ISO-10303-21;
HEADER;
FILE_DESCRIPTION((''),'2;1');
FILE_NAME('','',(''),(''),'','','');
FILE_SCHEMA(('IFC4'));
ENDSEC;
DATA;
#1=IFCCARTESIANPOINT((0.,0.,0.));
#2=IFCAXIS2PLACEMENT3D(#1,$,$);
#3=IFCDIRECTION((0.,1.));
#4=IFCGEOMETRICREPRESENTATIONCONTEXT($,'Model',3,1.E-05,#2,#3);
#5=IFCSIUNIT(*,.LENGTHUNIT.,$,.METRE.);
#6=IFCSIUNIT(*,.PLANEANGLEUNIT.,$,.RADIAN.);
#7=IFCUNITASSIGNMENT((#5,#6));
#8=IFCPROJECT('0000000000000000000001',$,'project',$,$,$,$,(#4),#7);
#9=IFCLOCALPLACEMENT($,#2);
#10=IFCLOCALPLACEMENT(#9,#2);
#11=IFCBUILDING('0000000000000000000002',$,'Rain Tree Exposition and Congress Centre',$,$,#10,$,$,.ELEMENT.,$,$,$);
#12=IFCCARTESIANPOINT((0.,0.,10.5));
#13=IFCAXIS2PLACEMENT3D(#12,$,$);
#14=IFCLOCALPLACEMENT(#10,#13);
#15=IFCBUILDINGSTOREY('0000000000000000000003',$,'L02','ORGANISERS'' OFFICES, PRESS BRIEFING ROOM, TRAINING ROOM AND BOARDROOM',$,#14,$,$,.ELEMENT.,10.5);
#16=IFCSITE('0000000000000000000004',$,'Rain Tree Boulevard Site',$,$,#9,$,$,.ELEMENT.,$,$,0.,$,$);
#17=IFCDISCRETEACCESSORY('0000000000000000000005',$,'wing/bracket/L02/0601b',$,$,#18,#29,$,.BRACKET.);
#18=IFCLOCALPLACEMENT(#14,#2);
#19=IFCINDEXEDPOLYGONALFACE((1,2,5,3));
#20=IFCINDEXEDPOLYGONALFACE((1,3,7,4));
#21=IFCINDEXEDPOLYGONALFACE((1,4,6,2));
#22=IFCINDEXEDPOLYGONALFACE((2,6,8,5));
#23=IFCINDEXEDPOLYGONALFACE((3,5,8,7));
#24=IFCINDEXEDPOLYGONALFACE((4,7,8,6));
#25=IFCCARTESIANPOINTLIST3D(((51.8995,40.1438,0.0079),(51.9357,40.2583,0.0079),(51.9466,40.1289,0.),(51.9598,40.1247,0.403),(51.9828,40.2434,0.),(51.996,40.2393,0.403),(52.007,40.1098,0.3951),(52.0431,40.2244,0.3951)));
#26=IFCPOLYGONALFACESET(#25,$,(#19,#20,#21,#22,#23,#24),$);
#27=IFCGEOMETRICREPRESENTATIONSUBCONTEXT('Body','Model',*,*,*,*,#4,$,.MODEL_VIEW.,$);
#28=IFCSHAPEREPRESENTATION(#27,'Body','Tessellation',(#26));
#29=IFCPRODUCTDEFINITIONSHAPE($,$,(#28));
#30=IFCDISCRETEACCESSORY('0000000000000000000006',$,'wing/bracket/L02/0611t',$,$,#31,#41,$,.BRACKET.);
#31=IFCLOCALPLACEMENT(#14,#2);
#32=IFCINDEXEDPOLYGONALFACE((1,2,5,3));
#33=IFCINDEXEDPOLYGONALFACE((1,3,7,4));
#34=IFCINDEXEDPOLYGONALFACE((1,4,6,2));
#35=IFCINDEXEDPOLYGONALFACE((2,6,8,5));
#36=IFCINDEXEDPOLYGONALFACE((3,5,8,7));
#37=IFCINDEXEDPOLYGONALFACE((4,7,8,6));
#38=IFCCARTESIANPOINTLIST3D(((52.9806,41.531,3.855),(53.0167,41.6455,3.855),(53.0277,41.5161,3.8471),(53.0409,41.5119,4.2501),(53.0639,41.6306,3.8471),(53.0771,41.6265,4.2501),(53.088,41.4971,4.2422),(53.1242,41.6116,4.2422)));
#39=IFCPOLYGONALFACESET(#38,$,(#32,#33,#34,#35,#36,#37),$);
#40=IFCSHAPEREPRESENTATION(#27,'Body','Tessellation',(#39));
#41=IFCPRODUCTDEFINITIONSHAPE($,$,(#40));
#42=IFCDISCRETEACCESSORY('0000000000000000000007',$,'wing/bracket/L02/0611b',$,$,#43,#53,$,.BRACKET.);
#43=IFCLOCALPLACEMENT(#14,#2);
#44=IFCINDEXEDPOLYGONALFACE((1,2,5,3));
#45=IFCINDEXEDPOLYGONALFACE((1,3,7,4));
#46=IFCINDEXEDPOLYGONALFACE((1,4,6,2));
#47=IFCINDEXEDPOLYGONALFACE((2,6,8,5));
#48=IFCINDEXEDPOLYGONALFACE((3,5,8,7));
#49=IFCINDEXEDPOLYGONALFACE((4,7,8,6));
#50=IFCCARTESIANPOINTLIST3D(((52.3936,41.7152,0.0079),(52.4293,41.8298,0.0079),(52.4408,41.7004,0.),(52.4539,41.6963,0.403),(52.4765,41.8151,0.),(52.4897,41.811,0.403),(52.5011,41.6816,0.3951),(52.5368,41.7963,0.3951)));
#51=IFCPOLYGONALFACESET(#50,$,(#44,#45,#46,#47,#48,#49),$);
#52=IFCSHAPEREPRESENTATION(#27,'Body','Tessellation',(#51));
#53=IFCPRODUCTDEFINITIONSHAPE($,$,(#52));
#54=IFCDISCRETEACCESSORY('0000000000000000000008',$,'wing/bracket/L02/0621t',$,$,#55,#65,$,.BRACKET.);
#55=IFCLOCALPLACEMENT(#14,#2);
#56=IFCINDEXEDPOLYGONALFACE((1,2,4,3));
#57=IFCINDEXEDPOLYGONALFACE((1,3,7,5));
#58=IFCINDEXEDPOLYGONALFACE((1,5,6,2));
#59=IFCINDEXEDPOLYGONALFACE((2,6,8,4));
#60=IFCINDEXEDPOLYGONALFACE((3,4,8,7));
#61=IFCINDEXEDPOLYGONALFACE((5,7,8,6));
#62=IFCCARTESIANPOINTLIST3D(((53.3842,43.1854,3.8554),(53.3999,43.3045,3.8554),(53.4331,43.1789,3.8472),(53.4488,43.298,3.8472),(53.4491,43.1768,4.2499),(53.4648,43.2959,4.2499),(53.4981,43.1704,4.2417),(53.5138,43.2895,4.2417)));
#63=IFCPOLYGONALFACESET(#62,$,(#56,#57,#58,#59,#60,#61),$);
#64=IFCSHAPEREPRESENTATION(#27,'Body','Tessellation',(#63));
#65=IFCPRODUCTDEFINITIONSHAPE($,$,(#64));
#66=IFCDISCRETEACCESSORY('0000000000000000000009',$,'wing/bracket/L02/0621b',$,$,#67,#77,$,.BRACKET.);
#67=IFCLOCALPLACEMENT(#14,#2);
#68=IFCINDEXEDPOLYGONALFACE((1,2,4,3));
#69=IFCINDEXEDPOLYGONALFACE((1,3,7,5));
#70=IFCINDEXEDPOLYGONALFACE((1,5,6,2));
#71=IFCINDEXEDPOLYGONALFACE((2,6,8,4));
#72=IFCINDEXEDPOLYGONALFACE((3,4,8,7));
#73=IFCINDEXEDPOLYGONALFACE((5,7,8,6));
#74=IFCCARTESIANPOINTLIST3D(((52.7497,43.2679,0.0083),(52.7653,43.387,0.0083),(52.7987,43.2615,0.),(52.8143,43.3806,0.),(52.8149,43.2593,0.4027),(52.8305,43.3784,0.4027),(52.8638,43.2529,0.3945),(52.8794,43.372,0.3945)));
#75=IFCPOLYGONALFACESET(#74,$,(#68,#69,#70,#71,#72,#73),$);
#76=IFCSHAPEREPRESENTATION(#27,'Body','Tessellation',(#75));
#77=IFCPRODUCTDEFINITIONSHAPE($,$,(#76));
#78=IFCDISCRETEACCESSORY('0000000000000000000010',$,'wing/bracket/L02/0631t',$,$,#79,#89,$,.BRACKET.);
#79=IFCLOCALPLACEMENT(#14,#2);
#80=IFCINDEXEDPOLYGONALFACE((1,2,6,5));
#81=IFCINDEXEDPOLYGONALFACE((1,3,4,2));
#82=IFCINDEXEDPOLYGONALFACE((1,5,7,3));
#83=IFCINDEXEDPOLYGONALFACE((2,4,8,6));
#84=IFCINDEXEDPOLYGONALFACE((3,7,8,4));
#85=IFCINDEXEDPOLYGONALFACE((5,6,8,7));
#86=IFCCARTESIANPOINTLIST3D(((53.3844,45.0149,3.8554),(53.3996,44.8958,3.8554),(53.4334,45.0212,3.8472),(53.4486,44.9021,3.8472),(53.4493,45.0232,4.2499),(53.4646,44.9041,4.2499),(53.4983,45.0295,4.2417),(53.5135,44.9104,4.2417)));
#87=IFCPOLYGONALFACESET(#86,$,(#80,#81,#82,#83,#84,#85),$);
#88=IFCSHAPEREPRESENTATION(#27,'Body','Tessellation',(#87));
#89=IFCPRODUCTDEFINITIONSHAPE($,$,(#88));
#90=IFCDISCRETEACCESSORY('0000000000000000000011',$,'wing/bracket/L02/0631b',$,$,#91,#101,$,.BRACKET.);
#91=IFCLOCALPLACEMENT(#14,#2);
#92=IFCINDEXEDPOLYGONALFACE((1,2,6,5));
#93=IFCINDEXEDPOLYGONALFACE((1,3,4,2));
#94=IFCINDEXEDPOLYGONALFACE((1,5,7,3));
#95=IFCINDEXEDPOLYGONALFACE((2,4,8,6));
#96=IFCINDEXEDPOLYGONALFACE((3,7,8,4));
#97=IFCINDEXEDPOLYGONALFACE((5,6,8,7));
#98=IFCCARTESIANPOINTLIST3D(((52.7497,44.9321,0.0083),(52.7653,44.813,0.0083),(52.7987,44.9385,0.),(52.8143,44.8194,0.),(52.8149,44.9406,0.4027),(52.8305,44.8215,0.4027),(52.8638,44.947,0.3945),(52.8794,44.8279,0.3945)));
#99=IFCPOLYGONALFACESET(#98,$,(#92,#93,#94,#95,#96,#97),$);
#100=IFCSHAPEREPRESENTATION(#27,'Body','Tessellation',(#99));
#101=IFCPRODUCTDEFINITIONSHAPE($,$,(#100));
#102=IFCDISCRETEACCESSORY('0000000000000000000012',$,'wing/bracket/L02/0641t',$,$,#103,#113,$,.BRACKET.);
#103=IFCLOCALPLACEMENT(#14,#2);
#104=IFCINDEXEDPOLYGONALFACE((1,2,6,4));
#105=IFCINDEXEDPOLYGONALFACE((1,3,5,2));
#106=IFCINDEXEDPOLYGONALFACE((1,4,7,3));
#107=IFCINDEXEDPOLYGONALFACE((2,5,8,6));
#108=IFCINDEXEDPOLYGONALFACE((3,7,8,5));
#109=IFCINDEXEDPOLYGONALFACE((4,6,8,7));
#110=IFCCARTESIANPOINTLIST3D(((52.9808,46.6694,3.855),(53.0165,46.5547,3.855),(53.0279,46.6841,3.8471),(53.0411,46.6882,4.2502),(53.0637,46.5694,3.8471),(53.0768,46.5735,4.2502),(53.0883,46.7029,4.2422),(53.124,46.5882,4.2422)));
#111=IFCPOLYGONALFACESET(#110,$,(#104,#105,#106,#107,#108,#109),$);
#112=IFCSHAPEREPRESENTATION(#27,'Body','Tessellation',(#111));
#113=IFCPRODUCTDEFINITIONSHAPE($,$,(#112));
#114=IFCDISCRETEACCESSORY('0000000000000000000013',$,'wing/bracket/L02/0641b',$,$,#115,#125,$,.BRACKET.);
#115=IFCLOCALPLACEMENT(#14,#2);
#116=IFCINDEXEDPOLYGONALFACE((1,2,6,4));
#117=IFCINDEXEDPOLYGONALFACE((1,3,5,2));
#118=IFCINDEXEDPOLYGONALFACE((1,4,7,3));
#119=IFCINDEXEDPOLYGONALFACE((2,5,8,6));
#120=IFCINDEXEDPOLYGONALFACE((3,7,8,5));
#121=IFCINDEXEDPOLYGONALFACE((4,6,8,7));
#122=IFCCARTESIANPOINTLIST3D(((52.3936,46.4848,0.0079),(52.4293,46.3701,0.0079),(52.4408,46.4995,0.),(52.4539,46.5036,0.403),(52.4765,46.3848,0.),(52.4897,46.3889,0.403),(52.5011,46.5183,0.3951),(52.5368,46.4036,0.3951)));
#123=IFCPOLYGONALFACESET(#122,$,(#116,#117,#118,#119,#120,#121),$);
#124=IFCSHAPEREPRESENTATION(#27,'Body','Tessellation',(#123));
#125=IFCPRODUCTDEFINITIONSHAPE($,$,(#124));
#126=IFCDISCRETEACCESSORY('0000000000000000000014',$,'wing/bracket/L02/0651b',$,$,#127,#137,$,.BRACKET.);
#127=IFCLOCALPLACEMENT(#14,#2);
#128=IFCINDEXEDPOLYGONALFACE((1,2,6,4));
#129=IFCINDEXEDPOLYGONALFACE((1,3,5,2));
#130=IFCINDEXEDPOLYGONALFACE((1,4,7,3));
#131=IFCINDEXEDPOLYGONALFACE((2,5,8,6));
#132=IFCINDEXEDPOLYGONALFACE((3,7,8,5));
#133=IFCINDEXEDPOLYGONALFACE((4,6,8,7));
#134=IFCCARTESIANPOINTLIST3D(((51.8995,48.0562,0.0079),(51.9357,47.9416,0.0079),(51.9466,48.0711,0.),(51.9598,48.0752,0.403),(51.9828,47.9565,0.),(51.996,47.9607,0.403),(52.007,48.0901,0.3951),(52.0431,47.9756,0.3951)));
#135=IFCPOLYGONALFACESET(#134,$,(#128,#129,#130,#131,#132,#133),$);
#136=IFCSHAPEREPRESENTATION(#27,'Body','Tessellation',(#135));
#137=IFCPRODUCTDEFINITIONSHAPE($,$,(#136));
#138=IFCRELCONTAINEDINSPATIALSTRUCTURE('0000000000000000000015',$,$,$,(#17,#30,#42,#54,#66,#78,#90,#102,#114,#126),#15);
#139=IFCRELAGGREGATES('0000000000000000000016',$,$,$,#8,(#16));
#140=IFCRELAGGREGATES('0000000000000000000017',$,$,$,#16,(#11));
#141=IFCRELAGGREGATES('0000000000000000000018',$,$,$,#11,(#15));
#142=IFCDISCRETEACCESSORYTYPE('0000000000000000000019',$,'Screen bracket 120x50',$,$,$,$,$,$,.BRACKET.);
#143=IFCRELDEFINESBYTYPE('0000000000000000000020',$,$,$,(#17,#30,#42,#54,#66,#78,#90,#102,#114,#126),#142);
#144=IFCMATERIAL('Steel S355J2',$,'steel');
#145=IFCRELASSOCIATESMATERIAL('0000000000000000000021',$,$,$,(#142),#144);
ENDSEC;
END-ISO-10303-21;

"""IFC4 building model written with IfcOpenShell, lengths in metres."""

from ifc_helpers import new_model, si_unit, direction, frame, origin, origin_2d, place, context, subcontext, project, spatial, rectangle, extrude, material, material_profile, profile_set, type_object, element, save


model = new_model("IFC4")

# Units and contexts
model_context = context("Model", 3, precision=1e-05, world=origin(), true_north=direction((0.0, 1.0)))
body_context = subcontext(model_context, "Body", "Model", "MODEL_VIEW")
ifc_project = project(units=[si_unit("LENGTHUNIT", "METRE"), si_unit("PLANEANGLEUNIT", "RADIAN")], contexts=[model_context])

# Site, building, storey
site_placement = place(None, origin())
site = spatial("IfcSite", under=ifc_project, at=site_placement, Name="Rain Tree Boulevard Site", CompositionType="ELEMENT", RefElevation=0.0)
building_placement = place(site_placement, origin())
building = spatial("IfcBuilding", under=site, at=building_placement, Name="Rain Tree Exposition and Congress Centre", CompositionType="ELEMENT")
storey_placement = place(building_placement, frame((0.0, 0.0, 10.5)))
storey = spatial("IfcBuildingStorey", under=building, at=storey_placement, Name="L02", Description="ORGANISERS' OFFICES, PRESS BRIEFING ROOM, TRAINING ROOM AND BOARDROOM", CompositionType="ELEMENT", Elevation=10.5)

# Discrete accessories
ifc_material_1 = material(Name="Steel S355J2", Category="steel")
ifc_material_profile_1 = material_profile(ifc_material_1, rectangle(XDim=0.1201, YDim=0.05, at=origin_2d()), Name="Flat bar 120x50")
ifc_profile_set_1 = profile_set([ifc_material_profile_1], Name="Steel S355J2")
discrete_accessory_type = type_object("IfcDiscreteAccessoryType", Name="Screen bracket 120x50", PredefinedType="BRACKET", material=ifc_profile_set_1)
for number, where, z_axis, x_axis, name in (
    (1, (51.9412, 40.1936, 0.0039), (0.150738, -0.047602, 0.987427), (0.301131, 0.953583, 0.0), "wing/bracket/L02/0601b"),
    (2, (53.0222, 41.5808, 3.8511), (0.150738, -0.047602, 0.987427), (0.301131, 0.953583, 0.0), "wing/bracket/L02/0611t"),
    (3, (52.4351, 41.7651, 0.0039), (0.150743, -0.046993, 0.987456), (0.297615, 0.954686, 0.0), "wing/bracket/L02/0611b"),
):
    element("IfcDiscreteAccessory", number, at=place(storey_placement, frame(where, z_axis=z_axis, x_axis=x_axis)), inside=storey, type_object=discrete_accessory_type, Name=name, PredefinedType="BRACKET", context=body_context, shape_type="SweptSolid", body=[
        extrude(rectangle(XDim=0.1201, YDim=0.05, at=origin_2d()), origin(), (0.0, 0.0, 1.0), 0.4001),
    ])
for number, where, z_axis, x_axis, name in (
    (4, (53.4165, 43.2417, 3.8513), (0.162381, -0.021366, 0.986497), (0.130455, 0.991454, 0.0), "wing/bracket/L02/0621t"),
    (5, (52.782, 43.3242, 0.0042), (0.162976, -0.021364, 0.986399), (0.129974, 0.991517, 0.0), "wing/bracket/L02/0621b"),
    (6, (53.4165, 44.9585, 3.8513), (0.162383, 0.020756, 0.986509), (-0.126788, 0.99193, 0.0), "wing/bracket/L02/0631t"),
    (7, (52.782, 44.8757, 0.0042), (0.162976, 0.021364, 0.986399), (-0.129974, 0.991517, 0.0), "wing/bracket/L02/0631b"),
):
    element("IfcDiscreteAccessory", number, at=place(storey_placement, frame(where, z_axis=z_axis, x_axis=x_axis)), inside=storey, type_object=discrete_accessory_type, Name=name, PredefinedType="BRACKET", context=body_context, shape_type="SweptSolid", body=[
        extrude(rectangle(XDim=0.1201, YDim=0.05, at=origin_2d()), origin(), (0.0, 0.0, 1.0), 0.3999),
    ])
for number, where, z_axis, x_axis, name in (
    (8, (53.0222, 46.6194, 3.8511), (0.150743, 0.046993, 0.987456), (-0.297615, 0.954686, 0.0), "wing/bracket/L02/0641t"),
    (9, (52.4351, 46.4348, 0.0039), (0.150743, 0.046993, 0.987456), (-0.297615, 0.954686, 0.0), "wing/bracket/L02/0641b"),
    (10, (51.9412, 48.0063, 0.0039), (0.150738, 0.047602, 0.987427), (-0.301131, 0.953583, 0.0), "wing/bracket/L02/0651b"),
):
    element("IfcDiscreteAccessory", number, at=place(storey_placement, frame(where, z_axis=z_axis, x_axis=x_axis)), inside=storey, type_object=discrete_accessory_type, Name=name, PredefinedType="BRACKET", context=body_context, shape_type="SweptSolid", body=[
        extrude(rectangle(XDim=0.1201, YDim=0.05, at=origin_2d()), origin(), (0.0, 0.0, 1.0), 0.4001),
    ])

save(model, "model.ifc")
